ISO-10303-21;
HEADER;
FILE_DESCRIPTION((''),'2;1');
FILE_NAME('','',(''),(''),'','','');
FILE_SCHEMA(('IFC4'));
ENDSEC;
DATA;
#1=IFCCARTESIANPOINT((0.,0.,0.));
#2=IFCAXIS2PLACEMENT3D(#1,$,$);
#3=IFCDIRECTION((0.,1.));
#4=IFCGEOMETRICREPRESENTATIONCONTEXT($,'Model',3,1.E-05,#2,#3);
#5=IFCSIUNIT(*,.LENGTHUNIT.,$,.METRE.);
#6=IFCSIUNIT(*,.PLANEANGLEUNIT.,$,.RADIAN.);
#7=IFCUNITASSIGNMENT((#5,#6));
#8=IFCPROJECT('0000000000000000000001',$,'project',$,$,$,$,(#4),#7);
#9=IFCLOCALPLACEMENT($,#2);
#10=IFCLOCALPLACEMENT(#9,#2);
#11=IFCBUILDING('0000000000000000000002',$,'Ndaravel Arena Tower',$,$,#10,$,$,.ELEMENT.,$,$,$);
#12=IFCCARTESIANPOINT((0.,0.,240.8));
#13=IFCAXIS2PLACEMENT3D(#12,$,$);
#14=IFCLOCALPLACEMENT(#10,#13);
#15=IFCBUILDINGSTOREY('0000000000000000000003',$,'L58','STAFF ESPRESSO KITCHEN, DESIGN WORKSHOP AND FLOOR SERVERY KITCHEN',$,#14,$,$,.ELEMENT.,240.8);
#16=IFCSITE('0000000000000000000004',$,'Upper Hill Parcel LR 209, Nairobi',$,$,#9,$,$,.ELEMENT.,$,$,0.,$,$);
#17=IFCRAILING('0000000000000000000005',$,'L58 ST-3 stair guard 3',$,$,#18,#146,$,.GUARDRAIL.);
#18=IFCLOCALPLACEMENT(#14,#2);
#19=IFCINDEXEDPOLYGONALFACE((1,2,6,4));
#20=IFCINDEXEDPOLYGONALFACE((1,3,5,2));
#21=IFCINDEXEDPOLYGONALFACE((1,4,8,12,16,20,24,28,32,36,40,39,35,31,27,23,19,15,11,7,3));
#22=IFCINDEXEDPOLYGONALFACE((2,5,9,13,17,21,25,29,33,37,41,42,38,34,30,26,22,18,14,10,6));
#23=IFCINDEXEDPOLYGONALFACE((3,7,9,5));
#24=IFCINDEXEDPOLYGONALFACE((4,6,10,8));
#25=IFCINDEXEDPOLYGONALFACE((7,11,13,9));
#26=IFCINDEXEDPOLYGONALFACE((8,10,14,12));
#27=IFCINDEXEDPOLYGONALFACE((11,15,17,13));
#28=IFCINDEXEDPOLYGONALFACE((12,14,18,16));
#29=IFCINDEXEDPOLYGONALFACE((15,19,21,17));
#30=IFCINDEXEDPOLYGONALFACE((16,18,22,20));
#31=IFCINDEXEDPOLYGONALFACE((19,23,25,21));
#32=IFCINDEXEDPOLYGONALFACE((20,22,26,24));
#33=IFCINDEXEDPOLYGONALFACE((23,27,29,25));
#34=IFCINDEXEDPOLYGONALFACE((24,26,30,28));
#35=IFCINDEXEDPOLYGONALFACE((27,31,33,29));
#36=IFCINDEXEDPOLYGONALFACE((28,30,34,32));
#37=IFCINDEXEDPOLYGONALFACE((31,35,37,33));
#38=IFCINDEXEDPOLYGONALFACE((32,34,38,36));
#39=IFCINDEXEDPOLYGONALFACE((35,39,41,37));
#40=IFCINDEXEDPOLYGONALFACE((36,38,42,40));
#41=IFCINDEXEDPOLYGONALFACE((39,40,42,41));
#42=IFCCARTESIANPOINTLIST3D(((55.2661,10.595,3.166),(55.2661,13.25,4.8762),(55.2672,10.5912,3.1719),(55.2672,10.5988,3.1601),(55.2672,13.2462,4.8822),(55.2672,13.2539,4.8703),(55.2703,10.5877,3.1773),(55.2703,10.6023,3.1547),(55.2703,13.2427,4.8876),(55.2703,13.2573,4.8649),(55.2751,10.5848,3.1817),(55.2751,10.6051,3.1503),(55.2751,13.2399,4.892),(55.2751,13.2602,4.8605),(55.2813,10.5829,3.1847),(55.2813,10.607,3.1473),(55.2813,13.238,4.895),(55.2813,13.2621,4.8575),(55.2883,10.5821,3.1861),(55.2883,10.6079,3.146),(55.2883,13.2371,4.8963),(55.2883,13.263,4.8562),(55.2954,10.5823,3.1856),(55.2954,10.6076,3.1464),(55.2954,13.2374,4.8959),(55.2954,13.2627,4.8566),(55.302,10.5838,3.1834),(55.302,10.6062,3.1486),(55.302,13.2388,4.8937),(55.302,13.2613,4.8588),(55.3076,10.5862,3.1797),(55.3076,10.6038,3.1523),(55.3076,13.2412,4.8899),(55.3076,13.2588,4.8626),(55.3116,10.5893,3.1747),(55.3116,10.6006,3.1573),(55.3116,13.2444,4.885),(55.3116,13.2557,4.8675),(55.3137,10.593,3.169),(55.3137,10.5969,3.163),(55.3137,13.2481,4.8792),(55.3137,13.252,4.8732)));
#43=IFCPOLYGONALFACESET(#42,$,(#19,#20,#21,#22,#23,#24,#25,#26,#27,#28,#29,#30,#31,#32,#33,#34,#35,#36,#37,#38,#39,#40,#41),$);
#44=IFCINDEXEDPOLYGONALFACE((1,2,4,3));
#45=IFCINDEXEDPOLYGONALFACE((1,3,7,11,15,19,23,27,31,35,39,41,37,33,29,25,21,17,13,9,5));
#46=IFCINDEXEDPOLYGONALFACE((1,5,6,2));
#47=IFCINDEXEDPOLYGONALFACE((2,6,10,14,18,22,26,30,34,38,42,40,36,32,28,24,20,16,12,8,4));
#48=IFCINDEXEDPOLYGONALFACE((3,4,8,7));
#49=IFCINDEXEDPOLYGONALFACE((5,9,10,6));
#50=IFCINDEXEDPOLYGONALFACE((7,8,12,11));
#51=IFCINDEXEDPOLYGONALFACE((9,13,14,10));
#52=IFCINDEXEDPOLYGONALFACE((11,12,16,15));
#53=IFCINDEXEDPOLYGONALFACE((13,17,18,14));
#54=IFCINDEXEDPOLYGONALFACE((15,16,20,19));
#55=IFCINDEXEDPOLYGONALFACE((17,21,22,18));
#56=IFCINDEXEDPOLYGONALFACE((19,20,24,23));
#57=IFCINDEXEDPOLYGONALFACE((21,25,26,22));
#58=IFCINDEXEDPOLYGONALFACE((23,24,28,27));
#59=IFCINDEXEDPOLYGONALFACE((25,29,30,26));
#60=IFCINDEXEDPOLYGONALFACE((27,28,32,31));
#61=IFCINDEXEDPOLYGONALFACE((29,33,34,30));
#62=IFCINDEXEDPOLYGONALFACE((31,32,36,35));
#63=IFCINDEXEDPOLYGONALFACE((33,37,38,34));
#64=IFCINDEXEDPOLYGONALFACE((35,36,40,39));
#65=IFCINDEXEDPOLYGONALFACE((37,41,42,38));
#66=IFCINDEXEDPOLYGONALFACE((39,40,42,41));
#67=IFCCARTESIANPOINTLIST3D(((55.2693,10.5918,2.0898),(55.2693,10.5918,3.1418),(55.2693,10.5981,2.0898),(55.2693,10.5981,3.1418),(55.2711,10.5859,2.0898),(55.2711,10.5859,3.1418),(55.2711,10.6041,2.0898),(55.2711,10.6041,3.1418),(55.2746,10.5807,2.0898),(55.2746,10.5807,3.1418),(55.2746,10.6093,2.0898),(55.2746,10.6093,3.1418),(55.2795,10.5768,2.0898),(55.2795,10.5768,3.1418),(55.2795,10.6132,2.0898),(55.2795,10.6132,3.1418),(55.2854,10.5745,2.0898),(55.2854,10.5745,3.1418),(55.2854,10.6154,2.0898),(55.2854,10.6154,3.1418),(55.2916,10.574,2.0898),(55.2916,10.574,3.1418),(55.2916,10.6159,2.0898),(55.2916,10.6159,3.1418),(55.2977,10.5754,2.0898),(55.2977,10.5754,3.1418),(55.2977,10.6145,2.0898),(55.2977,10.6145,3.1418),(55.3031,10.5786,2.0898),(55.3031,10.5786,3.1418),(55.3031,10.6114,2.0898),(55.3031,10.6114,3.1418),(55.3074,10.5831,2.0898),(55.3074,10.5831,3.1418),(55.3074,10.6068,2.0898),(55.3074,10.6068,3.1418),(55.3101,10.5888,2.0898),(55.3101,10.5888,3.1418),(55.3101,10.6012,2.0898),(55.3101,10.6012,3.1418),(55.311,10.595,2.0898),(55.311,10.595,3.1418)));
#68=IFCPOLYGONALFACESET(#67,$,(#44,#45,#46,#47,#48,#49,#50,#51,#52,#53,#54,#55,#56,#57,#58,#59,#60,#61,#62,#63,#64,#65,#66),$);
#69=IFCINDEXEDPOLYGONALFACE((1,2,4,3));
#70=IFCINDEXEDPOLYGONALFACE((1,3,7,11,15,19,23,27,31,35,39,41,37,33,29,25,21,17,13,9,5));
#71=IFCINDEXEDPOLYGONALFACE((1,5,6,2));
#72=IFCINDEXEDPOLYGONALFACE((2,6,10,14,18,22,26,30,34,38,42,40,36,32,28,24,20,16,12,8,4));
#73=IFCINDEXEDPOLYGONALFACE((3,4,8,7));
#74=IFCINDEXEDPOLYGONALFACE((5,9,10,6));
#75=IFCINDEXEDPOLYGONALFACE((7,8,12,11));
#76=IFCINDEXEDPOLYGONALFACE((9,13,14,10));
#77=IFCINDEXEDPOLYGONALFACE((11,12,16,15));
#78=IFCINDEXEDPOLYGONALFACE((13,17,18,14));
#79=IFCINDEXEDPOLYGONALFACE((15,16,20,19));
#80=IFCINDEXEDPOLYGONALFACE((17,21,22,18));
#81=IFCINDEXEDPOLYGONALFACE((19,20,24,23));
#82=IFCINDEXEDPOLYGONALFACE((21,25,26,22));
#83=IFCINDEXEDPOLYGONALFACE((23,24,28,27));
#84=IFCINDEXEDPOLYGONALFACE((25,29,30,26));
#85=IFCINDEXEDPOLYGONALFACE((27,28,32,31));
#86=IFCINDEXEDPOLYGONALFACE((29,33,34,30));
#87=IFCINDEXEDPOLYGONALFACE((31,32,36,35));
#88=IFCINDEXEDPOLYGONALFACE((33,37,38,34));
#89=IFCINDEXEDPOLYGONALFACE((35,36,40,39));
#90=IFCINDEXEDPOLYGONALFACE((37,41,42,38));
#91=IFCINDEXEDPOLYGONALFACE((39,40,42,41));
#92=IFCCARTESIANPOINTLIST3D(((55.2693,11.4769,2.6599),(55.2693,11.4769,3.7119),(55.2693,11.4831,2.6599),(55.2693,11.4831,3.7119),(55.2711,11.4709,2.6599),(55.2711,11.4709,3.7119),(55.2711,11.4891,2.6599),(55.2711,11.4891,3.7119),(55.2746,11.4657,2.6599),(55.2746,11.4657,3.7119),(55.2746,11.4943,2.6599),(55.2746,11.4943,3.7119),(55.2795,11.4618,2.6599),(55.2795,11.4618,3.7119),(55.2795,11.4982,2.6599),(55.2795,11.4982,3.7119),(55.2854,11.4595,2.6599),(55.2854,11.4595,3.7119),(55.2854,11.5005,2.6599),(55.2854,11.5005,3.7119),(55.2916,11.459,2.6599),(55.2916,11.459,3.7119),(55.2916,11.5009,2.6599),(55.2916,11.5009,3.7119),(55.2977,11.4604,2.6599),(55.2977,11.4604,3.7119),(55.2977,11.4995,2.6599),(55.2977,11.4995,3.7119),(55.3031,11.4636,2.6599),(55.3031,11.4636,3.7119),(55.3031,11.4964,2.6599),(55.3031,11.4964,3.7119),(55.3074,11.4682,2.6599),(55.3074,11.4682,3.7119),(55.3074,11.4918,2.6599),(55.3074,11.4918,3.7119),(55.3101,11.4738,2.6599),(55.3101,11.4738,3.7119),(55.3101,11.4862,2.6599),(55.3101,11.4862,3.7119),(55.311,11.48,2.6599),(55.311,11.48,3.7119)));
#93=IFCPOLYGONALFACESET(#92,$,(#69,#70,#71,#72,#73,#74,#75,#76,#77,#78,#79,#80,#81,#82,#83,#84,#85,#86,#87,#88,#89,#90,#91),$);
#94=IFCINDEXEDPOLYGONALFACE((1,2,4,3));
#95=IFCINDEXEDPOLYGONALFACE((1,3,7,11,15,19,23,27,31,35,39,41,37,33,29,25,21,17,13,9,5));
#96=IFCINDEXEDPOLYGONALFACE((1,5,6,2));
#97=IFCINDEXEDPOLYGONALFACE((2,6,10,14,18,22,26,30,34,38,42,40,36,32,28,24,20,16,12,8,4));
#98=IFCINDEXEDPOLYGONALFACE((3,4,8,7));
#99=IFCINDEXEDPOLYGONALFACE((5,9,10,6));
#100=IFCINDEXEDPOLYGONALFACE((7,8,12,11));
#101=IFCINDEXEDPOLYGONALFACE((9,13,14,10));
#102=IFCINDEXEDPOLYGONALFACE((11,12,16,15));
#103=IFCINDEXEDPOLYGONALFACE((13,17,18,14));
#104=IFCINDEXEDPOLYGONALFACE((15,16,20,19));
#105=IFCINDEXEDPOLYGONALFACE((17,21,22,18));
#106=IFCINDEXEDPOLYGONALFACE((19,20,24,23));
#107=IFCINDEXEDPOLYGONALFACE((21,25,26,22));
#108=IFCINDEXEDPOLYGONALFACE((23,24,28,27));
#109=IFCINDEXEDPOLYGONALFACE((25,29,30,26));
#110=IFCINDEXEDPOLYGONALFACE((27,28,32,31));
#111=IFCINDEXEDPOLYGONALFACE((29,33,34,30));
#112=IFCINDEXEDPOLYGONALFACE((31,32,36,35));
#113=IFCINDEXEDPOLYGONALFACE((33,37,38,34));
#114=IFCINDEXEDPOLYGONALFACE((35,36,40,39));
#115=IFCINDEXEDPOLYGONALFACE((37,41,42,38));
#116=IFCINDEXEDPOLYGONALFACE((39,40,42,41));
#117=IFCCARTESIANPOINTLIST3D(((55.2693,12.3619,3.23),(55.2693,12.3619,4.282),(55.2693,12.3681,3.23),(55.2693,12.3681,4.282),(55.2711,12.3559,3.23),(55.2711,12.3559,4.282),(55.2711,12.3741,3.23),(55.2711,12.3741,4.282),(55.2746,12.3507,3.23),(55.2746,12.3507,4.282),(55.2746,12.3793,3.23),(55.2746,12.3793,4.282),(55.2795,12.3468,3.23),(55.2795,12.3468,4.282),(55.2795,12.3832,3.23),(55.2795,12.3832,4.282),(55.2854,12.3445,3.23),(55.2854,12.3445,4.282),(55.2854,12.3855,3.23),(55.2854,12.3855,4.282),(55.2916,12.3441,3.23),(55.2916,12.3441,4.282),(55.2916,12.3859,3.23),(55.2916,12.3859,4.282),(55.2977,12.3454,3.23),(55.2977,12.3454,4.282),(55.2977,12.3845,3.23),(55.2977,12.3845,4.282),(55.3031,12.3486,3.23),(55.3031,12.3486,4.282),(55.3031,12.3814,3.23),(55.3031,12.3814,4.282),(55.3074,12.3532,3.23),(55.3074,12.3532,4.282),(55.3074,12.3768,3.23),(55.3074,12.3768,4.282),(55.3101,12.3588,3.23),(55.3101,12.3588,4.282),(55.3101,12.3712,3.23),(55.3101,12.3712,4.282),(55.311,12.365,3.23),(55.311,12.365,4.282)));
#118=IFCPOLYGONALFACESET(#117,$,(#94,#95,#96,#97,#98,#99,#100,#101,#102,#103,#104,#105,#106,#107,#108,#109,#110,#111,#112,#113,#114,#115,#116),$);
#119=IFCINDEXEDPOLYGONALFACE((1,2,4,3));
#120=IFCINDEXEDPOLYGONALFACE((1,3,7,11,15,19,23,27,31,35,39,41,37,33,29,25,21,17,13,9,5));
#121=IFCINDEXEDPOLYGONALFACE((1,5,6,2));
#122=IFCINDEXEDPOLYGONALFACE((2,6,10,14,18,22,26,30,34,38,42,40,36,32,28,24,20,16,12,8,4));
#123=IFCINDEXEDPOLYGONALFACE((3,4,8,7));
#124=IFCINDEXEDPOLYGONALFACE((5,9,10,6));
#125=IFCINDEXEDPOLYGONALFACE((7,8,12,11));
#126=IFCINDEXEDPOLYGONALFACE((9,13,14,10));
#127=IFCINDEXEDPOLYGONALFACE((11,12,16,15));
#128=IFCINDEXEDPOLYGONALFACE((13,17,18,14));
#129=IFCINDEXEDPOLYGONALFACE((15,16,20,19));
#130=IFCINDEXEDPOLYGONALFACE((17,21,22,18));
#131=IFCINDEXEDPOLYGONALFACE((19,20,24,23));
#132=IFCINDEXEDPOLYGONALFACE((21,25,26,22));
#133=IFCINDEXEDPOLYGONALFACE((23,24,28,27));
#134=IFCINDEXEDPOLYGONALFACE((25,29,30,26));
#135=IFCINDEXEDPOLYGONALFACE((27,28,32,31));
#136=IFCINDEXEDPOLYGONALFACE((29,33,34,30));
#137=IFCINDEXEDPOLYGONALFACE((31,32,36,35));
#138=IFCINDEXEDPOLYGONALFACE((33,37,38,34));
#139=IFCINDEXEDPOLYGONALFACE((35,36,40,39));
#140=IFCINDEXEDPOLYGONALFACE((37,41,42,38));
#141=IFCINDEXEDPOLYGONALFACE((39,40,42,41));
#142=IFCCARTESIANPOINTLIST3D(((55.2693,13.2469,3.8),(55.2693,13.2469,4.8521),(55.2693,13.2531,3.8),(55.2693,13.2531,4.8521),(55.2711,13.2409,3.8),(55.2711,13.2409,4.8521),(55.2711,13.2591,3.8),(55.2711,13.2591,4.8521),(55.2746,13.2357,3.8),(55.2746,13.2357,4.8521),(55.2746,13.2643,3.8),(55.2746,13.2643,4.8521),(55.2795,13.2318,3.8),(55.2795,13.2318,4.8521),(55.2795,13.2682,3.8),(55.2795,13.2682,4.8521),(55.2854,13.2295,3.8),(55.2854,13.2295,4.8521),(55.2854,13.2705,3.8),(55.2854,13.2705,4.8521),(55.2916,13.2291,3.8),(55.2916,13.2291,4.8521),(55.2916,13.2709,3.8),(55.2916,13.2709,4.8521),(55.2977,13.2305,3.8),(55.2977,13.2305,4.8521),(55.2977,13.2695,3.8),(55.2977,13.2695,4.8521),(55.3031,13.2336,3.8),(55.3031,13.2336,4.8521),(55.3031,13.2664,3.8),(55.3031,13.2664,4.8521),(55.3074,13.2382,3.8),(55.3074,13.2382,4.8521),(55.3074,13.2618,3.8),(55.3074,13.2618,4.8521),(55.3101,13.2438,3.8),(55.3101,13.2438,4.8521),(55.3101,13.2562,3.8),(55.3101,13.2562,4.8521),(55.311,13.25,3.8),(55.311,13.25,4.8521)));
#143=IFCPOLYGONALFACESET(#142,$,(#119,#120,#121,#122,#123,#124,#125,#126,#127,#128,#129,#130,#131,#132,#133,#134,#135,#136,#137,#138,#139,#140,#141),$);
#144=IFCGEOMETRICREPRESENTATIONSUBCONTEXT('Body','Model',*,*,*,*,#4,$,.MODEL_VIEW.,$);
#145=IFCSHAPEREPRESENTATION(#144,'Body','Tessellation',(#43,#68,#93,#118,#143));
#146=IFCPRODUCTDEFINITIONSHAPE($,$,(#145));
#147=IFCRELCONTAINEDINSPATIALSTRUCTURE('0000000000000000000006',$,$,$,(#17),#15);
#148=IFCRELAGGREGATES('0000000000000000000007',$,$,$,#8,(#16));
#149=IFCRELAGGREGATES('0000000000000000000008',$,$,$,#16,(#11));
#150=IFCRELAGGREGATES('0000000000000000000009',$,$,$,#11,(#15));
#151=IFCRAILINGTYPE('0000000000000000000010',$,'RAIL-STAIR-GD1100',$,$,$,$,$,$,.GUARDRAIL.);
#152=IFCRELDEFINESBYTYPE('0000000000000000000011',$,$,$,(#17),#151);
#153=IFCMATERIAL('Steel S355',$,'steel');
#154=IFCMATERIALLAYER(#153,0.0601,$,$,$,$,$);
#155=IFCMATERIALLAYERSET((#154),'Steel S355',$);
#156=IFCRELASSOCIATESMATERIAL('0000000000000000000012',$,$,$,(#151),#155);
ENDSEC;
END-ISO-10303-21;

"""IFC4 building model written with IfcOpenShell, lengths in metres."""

from ifc_helpers import new_model, si_unit, direction, frame, origin, origin_2d, place, context, subcontext, project, spatial, circle, extrude, material, layer, layer_set, type_object, element, save


model = new_model("IFC4")

# Units and contexts
model_context = context("Model", 3, precision=1e-05, world=origin(), true_north=direction((0.0, 1.0)))
body_context = subcontext(model_context, "Body", "Model", "MODEL_VIEW")
ifc_project = project(units=[si_unit("LENGTHUNIT", "METRE"), si_unit("PLANEANGLEUNIT", "RADIAN")], contexts=[model_context])

# Site, building, storey
site_placement = place(None, origin())
site = spatial("IfcSite", under=ifc_project, at=site_placement, Name="Upper Hill Parcel LR 209, Nairobi", CompositionType="ELEMENT", RefElevation=0.0)
building_placement = place(site_placement, origin())
building = spatial("IfcBuilding", under=site, at=building_placement, Name="Ndaravel Arena Tower", CompositionType="ELEMENT")
storey_placement = place(building_placement, frame((0.0, 0.0, 240.8)))
storey = spatial("IfcBuildingStorey", under=building, at=storey_placement, Name="L58", Description="STAFF ESPRESSO KITCHEN, DESIGN WORKSHOP AND FLOOR SERVERY KITCHEN", CompositionType="ELEMENT", Elevation=240.8)

# Railing
ifc_material_1 = material(Name="Steel S355", Category="steel")
ifc_layer_1 = layer(ifc_material_1, 0.0601)
ifc_layer_set_1 = layer_set([ifc_layer_1], Name="Steel S355")
railing_type_1 = type_object("IfcRailingType", Name="RAIL-STAIR-GD1100", PredefinedType="GUARDRAIL", material=ifc_layer_set_1)
railing_1_placement = place(storey_placement, frame((55.29, 10.595, 2.0898)))
element("IfcRailing", 1, at=railing_1_placement, inside=storey, type_object=railing_type_1, Name="L58 ST-3 stair guard 3", PredefinedType="GUARDRAIL", context=body_context, shape_type="SweptSolid", body=[
    extrude(circle(Radius=0.0239, at=origin_2d()), frame((0.0, 0.0, 1.0762), z_axis=(0.0, 0.840688, 0.541519), x_axis=(-1.0, 0.0, 0.0)), (0.0, 0.0, 1.0), 3.1582),
    extrude(circle(Radius=0.021, at=origin_2d()), origin(), (0.0, 0.0, 1.0), 1.052),
    extrude(circle(Radius=0.021, at=origin_2d()), frame((0.0, 0.885, 0.5701)), (0.0, 0.0, 1.0), 1.052),
    extrude(circle(Radius=0.021, at=origin_2d()), frame((0.0, 1.77, 1.1401)), (0.0, 0.0, 1.0), 1.052),
    extrude(circle(Radius=0.021, at=origin_2d()), frame((0.0, 2.655, 1.7102)), (0.0, 0.0, 1.0), 1.052),
])

save(model, "model.ifc")
